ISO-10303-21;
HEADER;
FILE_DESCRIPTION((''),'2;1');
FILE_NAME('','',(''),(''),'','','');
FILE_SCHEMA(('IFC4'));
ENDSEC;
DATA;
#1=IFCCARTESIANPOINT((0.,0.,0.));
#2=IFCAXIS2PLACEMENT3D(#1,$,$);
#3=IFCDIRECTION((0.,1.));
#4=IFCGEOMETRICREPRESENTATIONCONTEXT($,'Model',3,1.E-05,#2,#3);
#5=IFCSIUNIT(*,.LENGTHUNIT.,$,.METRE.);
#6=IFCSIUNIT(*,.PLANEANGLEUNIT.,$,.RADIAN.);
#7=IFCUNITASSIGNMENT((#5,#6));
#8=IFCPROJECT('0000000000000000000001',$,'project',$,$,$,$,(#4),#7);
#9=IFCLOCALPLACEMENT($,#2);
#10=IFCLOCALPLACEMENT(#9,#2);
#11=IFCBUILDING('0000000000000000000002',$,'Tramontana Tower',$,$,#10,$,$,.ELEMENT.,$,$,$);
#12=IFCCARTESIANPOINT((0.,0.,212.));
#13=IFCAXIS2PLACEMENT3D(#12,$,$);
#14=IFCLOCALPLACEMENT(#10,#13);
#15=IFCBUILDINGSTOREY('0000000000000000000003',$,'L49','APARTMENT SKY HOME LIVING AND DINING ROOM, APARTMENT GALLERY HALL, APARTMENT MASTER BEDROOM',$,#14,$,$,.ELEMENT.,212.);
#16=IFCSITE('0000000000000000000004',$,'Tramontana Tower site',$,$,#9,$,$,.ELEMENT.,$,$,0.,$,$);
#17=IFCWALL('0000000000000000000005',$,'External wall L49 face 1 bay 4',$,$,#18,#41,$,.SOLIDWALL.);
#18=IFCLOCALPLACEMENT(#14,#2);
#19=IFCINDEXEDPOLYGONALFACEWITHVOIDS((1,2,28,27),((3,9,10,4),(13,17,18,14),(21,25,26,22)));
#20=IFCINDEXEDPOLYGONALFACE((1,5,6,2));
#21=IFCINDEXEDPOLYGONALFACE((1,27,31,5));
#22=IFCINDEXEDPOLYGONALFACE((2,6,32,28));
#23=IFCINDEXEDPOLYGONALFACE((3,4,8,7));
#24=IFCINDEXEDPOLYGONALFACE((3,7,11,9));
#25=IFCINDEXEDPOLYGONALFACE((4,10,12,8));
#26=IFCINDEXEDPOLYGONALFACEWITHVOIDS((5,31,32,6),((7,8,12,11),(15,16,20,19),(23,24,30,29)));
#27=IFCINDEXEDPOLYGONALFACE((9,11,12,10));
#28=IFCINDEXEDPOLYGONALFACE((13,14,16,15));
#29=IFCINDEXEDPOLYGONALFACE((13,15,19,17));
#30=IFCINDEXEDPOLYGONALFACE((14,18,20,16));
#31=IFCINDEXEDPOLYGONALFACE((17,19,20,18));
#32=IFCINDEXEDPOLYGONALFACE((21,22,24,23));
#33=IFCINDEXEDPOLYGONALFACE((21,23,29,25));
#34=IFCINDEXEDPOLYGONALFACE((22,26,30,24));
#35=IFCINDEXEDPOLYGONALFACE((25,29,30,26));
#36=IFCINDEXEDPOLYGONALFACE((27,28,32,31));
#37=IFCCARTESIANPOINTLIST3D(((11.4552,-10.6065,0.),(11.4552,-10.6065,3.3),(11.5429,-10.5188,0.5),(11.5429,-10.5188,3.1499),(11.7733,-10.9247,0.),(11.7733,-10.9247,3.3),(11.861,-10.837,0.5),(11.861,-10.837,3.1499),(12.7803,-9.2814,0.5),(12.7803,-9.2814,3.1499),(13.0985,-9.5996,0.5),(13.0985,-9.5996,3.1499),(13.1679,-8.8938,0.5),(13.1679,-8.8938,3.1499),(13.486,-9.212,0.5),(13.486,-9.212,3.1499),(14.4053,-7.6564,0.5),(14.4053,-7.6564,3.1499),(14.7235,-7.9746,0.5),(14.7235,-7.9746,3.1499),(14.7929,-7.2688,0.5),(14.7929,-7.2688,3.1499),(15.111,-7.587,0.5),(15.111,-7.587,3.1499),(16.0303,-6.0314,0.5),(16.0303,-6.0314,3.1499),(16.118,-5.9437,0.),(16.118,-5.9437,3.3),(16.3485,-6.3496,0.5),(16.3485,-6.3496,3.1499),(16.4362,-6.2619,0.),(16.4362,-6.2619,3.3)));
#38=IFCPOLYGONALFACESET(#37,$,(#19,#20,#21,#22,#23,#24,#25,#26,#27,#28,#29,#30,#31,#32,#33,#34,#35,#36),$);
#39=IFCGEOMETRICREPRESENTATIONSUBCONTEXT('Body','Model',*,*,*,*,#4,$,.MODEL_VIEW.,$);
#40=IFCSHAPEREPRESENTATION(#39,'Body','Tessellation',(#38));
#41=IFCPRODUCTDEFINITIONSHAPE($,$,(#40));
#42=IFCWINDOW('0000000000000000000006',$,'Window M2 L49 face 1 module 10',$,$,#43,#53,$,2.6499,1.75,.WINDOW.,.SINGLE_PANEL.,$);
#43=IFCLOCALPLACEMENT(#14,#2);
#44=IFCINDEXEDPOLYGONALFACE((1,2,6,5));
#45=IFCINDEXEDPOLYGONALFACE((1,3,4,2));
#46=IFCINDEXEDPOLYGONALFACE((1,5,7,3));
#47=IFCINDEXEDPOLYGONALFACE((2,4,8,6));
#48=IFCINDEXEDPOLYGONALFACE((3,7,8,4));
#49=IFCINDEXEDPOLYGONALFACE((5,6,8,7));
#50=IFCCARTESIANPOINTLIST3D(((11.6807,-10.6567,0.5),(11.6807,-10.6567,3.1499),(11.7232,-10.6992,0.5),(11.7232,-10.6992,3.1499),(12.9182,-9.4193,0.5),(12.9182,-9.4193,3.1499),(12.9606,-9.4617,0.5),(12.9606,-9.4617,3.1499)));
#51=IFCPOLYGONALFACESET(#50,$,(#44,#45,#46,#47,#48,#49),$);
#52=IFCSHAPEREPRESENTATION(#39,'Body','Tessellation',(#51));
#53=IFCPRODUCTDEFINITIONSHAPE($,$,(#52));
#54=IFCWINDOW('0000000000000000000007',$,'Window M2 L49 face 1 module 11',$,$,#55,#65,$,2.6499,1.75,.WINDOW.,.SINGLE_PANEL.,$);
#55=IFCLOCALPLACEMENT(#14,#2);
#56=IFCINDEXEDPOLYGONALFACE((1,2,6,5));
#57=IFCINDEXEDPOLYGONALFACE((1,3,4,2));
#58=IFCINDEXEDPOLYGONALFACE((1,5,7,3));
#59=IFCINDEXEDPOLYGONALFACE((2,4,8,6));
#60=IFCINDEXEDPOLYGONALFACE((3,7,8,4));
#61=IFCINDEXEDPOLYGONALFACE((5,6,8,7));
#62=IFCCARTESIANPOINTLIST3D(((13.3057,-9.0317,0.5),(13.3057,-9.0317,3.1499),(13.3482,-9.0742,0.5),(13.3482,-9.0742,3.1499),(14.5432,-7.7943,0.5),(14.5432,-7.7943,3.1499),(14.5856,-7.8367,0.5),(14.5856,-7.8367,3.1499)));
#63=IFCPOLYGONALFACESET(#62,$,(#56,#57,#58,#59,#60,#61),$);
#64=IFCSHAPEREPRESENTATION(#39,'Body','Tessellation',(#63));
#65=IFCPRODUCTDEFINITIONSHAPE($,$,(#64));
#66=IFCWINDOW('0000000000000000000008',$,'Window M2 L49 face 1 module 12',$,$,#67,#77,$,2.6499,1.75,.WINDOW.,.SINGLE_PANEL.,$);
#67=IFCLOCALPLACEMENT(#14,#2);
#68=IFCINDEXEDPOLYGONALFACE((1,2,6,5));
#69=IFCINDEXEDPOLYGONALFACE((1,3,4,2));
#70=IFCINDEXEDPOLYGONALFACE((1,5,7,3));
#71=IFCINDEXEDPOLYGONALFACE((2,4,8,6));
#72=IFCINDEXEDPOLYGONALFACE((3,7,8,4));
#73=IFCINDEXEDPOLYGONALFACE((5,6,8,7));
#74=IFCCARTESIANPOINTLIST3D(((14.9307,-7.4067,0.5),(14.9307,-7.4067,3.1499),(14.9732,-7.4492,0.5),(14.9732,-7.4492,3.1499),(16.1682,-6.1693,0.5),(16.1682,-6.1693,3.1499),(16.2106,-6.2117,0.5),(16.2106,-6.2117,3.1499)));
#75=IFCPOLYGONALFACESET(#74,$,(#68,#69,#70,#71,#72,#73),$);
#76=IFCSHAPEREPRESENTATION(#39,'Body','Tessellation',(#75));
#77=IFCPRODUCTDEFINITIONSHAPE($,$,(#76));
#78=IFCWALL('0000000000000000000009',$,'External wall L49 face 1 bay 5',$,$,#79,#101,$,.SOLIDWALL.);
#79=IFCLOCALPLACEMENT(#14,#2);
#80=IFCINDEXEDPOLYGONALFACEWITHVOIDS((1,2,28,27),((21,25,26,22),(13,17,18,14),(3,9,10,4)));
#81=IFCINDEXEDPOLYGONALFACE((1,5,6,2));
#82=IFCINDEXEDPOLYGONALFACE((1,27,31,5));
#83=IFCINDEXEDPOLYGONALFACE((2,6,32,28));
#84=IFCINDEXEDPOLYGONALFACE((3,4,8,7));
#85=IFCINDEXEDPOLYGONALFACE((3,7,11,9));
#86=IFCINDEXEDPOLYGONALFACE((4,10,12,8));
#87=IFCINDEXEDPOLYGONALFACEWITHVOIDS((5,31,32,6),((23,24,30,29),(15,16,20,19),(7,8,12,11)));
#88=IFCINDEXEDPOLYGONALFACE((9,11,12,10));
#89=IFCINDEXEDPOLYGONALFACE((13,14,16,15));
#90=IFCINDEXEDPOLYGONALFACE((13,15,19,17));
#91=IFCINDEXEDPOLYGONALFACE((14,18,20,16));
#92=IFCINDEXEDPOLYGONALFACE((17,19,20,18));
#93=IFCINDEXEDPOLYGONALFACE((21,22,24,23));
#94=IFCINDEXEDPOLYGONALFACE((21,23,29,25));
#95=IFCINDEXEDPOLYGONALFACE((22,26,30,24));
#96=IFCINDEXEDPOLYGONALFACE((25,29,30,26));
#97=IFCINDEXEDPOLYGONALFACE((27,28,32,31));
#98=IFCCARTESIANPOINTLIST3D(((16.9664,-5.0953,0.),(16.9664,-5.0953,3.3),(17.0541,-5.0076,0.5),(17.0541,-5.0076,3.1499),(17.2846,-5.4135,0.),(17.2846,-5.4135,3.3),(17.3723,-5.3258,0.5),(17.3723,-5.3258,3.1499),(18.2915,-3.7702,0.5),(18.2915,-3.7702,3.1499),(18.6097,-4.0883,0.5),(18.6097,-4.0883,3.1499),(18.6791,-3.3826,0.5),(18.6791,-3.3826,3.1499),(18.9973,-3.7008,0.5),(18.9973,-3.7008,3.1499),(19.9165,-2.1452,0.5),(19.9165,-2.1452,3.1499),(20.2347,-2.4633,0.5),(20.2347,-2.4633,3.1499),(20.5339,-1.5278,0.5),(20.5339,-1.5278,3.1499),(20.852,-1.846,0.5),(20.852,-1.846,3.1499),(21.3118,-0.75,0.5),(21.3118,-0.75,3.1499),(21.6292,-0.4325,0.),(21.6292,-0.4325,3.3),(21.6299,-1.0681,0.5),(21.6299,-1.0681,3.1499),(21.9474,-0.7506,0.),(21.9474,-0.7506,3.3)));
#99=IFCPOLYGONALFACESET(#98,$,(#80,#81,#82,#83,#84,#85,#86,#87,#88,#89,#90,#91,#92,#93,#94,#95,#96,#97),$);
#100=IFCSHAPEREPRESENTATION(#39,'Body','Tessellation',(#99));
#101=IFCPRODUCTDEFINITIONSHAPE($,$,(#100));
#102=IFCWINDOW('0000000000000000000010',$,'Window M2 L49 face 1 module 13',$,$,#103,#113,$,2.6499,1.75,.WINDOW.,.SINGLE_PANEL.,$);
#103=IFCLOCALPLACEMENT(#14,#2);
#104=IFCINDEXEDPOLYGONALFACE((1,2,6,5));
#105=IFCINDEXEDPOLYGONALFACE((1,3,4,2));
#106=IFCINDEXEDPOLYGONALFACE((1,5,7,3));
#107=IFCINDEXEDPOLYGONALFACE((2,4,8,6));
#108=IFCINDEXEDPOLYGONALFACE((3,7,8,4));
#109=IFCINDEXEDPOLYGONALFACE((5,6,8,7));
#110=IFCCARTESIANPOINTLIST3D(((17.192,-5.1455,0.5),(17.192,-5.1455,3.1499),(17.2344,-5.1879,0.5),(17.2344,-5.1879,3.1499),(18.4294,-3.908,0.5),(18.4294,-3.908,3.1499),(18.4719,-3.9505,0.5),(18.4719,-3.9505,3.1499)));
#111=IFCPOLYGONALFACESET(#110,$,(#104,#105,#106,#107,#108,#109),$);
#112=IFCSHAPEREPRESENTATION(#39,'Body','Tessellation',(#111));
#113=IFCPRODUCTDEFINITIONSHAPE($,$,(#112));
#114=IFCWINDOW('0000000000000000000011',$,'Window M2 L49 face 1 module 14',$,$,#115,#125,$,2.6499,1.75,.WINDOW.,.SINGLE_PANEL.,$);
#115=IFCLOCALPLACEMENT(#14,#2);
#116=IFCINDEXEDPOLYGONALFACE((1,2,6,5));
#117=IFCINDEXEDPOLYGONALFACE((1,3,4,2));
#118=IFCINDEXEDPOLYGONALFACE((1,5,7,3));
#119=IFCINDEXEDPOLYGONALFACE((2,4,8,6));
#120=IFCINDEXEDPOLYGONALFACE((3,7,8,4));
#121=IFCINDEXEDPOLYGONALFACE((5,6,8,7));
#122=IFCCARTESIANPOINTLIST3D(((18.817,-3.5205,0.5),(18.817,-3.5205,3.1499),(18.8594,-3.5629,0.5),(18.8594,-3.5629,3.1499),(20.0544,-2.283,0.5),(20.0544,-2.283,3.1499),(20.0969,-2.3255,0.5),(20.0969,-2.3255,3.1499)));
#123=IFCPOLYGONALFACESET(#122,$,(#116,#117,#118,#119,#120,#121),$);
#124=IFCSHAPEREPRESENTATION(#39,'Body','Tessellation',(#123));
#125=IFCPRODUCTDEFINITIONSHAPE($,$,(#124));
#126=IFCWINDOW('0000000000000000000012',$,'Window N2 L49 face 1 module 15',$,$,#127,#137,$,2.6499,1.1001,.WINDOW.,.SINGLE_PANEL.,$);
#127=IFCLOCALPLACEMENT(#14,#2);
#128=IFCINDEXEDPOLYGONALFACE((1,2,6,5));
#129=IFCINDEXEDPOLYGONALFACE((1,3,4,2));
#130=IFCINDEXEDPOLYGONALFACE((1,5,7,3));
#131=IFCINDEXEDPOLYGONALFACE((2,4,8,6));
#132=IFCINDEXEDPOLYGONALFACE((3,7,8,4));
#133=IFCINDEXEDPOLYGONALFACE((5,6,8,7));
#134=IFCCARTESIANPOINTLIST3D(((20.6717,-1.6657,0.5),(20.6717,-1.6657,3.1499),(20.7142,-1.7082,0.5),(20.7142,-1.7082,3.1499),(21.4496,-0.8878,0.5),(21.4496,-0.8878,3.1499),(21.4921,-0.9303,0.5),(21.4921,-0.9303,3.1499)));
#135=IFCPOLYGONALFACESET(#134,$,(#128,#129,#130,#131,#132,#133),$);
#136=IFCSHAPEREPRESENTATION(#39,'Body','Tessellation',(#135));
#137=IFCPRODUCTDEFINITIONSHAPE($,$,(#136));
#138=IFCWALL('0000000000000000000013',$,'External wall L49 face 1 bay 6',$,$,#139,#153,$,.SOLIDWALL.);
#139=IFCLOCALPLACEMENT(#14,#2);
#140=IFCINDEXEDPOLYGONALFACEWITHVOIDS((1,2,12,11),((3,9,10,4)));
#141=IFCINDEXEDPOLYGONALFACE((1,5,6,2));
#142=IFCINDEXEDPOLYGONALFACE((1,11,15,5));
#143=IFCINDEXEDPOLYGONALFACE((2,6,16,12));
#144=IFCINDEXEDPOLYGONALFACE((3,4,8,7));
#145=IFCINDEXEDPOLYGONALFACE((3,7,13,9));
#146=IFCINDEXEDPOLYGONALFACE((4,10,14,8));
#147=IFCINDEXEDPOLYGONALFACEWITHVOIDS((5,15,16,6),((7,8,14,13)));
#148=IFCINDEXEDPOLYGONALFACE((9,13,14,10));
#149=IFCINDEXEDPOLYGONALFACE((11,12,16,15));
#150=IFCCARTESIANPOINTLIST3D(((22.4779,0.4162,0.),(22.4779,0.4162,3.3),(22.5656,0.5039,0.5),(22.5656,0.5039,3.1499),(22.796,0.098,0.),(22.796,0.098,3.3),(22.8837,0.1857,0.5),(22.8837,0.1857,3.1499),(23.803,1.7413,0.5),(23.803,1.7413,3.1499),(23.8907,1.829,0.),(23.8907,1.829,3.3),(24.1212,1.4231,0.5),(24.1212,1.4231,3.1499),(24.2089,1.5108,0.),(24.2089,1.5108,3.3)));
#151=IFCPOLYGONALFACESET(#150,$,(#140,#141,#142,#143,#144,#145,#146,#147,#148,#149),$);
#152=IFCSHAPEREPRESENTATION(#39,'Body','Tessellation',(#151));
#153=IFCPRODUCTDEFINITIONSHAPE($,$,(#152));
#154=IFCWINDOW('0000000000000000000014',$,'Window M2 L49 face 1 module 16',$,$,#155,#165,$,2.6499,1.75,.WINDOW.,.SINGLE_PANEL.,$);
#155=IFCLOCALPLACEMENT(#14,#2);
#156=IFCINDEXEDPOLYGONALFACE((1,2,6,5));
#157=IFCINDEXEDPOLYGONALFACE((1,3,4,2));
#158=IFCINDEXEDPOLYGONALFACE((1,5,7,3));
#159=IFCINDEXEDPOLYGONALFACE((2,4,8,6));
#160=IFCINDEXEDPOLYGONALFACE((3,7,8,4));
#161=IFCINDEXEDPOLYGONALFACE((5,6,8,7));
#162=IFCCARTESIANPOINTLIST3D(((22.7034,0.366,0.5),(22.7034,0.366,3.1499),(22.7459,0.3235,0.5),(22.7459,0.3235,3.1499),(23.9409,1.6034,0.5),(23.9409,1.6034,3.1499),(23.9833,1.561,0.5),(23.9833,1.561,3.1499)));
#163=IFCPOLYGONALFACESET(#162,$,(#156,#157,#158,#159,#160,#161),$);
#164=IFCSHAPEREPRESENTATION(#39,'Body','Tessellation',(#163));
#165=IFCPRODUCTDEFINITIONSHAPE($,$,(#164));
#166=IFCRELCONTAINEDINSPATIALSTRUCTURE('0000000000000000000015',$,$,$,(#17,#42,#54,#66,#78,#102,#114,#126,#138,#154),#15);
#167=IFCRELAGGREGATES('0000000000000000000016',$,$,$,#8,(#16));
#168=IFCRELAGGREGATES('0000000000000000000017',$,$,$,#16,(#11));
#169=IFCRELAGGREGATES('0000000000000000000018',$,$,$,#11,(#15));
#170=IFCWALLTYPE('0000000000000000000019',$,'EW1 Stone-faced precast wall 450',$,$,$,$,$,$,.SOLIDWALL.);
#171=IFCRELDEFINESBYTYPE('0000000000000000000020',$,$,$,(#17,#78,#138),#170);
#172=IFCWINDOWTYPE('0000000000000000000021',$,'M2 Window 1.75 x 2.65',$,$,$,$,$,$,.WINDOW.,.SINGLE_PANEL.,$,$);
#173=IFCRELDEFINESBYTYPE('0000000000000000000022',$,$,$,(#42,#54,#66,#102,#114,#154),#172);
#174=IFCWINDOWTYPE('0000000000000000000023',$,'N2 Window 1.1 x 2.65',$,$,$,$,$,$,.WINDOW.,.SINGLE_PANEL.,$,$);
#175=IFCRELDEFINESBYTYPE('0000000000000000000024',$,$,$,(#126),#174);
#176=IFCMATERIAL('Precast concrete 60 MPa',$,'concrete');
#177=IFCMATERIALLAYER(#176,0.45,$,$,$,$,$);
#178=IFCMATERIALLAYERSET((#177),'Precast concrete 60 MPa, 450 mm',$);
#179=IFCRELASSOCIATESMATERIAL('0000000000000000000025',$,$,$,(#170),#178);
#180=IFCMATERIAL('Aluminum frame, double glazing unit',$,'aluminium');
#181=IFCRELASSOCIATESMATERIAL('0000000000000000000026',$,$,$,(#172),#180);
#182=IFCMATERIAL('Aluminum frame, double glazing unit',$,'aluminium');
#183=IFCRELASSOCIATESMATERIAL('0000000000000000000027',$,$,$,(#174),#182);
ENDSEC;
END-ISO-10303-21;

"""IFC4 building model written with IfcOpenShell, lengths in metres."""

from ifc_helpers import new_model, si_unit, direction, frame, frame_2d, origin, place, context, subcontext, project, spatial, rectangle, extrude, material, layer, layer_set, type_object, element, fill, save


model = new_model("IFC4")

# Units and contexts
model_context = context("Model", 3, precision=1e-05, world=origin(), true_north=direction((0.0, 1.0)))
body_context = subcontext(model_context, "Body", "Model", "MODEL_VIEW")
ifc_project = project(units=[si_unit("LENGTHUNIT", "METRE"), si_unit("PLANEANGLEUNIT", "RADIAN")], contexts=[model_context])

# Site, building, storey
site_placement = place(None, origin())
site = spatial("IfcSite", under=ifc_project, at=site_placement, Name="Tramontana Tower site", CompositionType="ELEMENT", RefElevation=0.0)
building_placement = place(site_placement, origin())
building = spatial("IfcBuilding", under=site, at=building_placement, Name="Tramontana Tower", CompositionType="ELEMENT")
storey_placement = place(building_placement, frame((0.0, 0.0, 212.0)))
storey = spatial("IfcBuildingStorey", under=building, at=storey_placement, Name="L49", Description="APARTMENT SKY HOME LIVING AND DINING ROOM, APARTMENT GALLERY HALL, APARTMENT MASTER BEDROOM", CompositionType="ELEMENT", Elevation=212.0)

# Walls, openings, windows
ifc_material_1 = material(Name="Precast concrete 60 MPa", Category="concrete")
ifc_layer_1 = layer(ifc_material_1, 0.45)
ifc_layer_set_1 = layer_set([ifc_layer_1], Name="Precast concrete 60 MPa, 450 mm")
wall_type_1 = type_object("IfcWallType", Name="EW1 Stone-faced precast wall 450", PredefinedType="SOLIDWALL", material=ifc_layer_set_1)
wall_1_placement = place(storey_placement, frame((11.6143, -10.7656, 0.0), z_axis=(0.0, 0.0, 1.0), x_axis=(0.707107, 0.707107, 0.0)))
wall_1 = element("IfcWall", 1, at=wall_1_placement, inside=storey, type_object=wall_type_1, Name="External wall L49 face 1 bay 4", PredefinedType="SOLIDWALL", context=body_context, shape_type="SweptSolid", body=[
    extrude(rectangle(XDim=6.5942, YDim=0.45, at=frame_2d((3.2971, 0.0))), origin(), (0.0, 0.0, 1.0), 3.3),
])
opening_1_placement = place(wall_1_placement, frame((0.124, 0.0, 0.5)))
opening_1 = element("IfcOpeningElement", 2, at=opening_1_placement, cuts=wall_1, PredefinedType="OPENING", context=body_context, shape_type="SweptSolid", body=[
    extrude(rectangle(XDim=1.75, YDim=2.6499, at=frame_2d((0.875, 1.325))), frame((0.0, 0.2349, 0.0), z_axis=(0.0, -1.0, 0.0), x_axis=(1.0, 0.0, 0.0)), (0.0, 0.0, 1.0), 0.47),
])
opening_2_placement = place(wall_1_placement, frame((2.4221, 0.0, 0.5)))
opening_2 = element("IfcOpeningElement", 3, at=opening_2_placement, cuts=wall_1, PredefinedType="OPENING", context=body_context, shape_type="SweptSolid", body=[
    extrude(rectangle(XDim=1.75, YDim=2.6499, at=frame_2d((0.875, 1.325))), frame((0.0, 0.2349, 0.0), z_axis=(0.0, -1.0, 0.0), x_axis=(1.0, 0.0, 0.0)), (0.0, 0.0, 1.0), 0.47),
])
opening_3_placement = place(wall_1_placement, frame((4.7202, 0.0, 0.5)))
opening_3 = element("IfcOpeningElement", 4, at=opening_3_placement, cuts=wall_1, PredefinedType="OPENING", context=body_context, shape_type="SweptSolid", body=[
    extrude(rectangle(XDim=1.75, YDim=2.6499, at=frame_2d((0.875, 1.325))), frame((0.0, 0.2349, 0.0), z_axis=(0.0, -1.0, 0.0), x_axis=(1.0, 0.0, 0.0)), (0.0, 0.0, 1.0), 0.47),
])
ifc_material_2 = material(Name="Aluminum frame, double glazing unit", Category="aluminium")
window_type_1 = type_object("IfcWindowType", Name="M2 Window 1.75 x 2.65", PartitioningType="SINGLE_PANEL", PredefinedType="WINDOW", material=ifc_material_2)
window_1_placement = place(opening_1_placement, origin())
window_1 = element("IfcWindow", 5, at=window_1_placement, inside=storey, type_object=window_type_1, Name="Window M2 L49 face 1 module 10", OverallHeight=2.6499, OverallWidth=1.75, PartitioningType="SINGLE_PANEL", PredefinedType="WINDOW", context=body_context, shape_type="SweptSolid", body=[
    extrude(rectangle(XDim=1.75, YDim=2.6499, at=frame_2d((0.875, 1.325))), frame((0.0, 0.03, 0.0), z_axis=(0.0, -1.0, 0.0), x_axis=(1.0, 0.0, 0.0)), (0.0, 0.0, 1.0), 0.0601),
])
fill(opening_1, window_1)
window_2_placement = place(opening_2_placement, origin())
window_2 = element("IfcWindow", 6, at=window_2_placement, inside=storey, type_object=window_type_1, Name="Window M2 L49 face 1 module 11", OverallHeight=2.6499, OverallWidth=1.75, PartitioningType="SINGLE_PANEL", PredefinedType="WINDOW", context=body_context, shape_type="SweptSolid", body=[
    extrude(rectangle(XDim=1.75, YDim=2.6499, at=frame_2d((0.875, 1.325))), frame((0.0, 0.03, 0.0), z_axis=(0.0, -1.0, 0.0), x_axis=(1.0, 0.0, 0.0)), (0.0, 0.0, 1.0), 0.0601),
])
fill(opening_2, window_2)
window_3_placement = place(opening_3_placement, origin())
window_3 = element("IfcWindow", 7, at=window_3_placement, inside=storey, type_object=window_type_1, Name="Window M2 L49 face 1 module 12", OverallHeight=2.6499, OverallWidth=1.75, PartitioningType="SINGLE_PANEL", PredefinedType="WINDOW", context=body_context, shape_type="SweptSolid", body=[
    extrude(rectangle(XDim=1.75, YDim=2.6499, at=frame_2d((0.875, 1.325))), frame((0.0, 0.03, 0.0), z_axis=(0.0, -1.0, 0.0), x_axis=(1.0, 0.0, 0.0)), (0.0, 0.0, 1.0), 0.0601),
])
fill(opening_3, window_3)
wall_2_placement = place(storey_placement, frame((17.1255, -5.2544, 0.0), z_axis=(0.0, 0.0, 1.0), x_axis=(0.707107, 0.707107, 0.0)))
wall_2 = element("IfcWall", 8, at=wall_2_placement, inside=storey, type_object=wall_type_1, Name="External wall L49 face 1 bay 5", PredefinedType="SOLIDWALL", context=body_context, shape_type="SweptSolid", body=[
    extrude(rectangle(XDim=6.5942, YDim=0.45, at=frame_2d((3.2971, 0.0))), origin(), (0.0, 0.0, 1.0), 3.3),
])
opening_4_placement = place(wall_2_placement, frame((0.124, 0.0, 0.5)))
opening_4 = element("IfcOpeningElement", 9, at=opening_4_placement, cuts=wall_2, PredefinedType="OPENING", context=body_context, shape_type="SweptSolid", body=[
    extrude(rectangle(XDim=1.75, YDim=2.6499, at=frame_2d((0.875, 1.325))), frame((0.0, 0.2349, 0.0), z_axis=(0.0, -1.0, 0.0), x_axis=(1.0, 0.0, 0.0)), (0.0, 0.0, 1.0), 0.47),
])
opening_5_placement = place(wall_2_placement, frame((2.4221, 0.0, 0.5)))
opening_5 = element("IfcOpeningElement", 10, at=opening_5_placement, cuts=wall_2, PredefinedType="OPENING", context=body_context, shape_type="SweptSolid", body=[
    extrude(rectangle(XDim=1.75, YDim=2.6499, at=frame_2d((0.875, 1.325))), frame((0.0, 0.2349, 0.0), z_axis=(0.0, -1.0, 0.0), x_axis=(1.0, 0.0, 0.0)), (0.0, 0.0, 1.0), 0.47),
])
opening_6_placement = place(wall_2_placement, frame((5.0452, 0.0, 0.5)))
opening_6 = element("IfcOpeningElement", 11, at=opening_6_placement, cuts=wall_2, PredefinedType="OPENING", context=body_context, shape_type="SweptSolid", body=[
    extrude(rectangle(XDim=1.1001, YDim=2.6499, at=frame_2d((0.55, 1.325))), frame((0.0, 0.2349, 0.0), z_axis=(0.0, -1.0, 0.0), x_axis=(1.0, 0.0, 0.0)), (0.0, 0.0, 1.0), 0.47),
])
window_4_placement = place(opening_4_placement, origin())
window_4 = element("IfcWindow", 12, at=window_4_placement, inside=storey, type_object=window_type_1, Name="Window M2 L49 face 1 module 13", OverallHeight=2.6499, OverallWidth=1.75, PartitioningType="SINGLE_PANEL", PredefinedType="WINDOW", context=body_context, shape_type="SweptSolid", body=[
    extrude(rectangle(XDim=1.75, YDim=2.6499, at=frame_2d((0.875, 1.325))), frame((0.0, 0.03, 0.0), z_axis=(0.0, -1.0, 0.0), x_axis=(1.0, 0.0, 0.0)), (0.0, 0.0, 1.0), 0.0601),
])
fill(opening_4, window_4)
window_5_placement = place(opening_5_placement, origin())
window_5 = element("IfcWindow", 13, at=window_5_placement, inside=storey, type_object=window_type_1, Name="Window M2 L49 face 1 module 14", OverallHeight=2.6499, OverallWidth=1.75, PartitioningType="SINGLE_PANEL", PredefinedType="WINDOW", context=body_context, shape_type="SweptSolid", body=[
    extrude(rectangle(XDim=1.75, YDim=2.6499, at=frame_2d((0.875, 1.325))), frame((0.0, 0.03, 0.0), z_axis=(0.0, -1.0, 0.0), x_axis=(1.0, 0.0, 0.0)), (0.0, 0.0, 1.0), 0.0601),
])
fill(opening_5, window_5)
ifc_material_3 = material(Name="Aluminum frame, double glazing unit", Category="aluminium")
window_type_2 = type_object("IfcWindowType", Name="N2 Window 1.1 x 2.65", PartitioningType="SINGLE_PANEL", PredefinedType="WINDOW", material=ifc_material_3)
window_6_placement = place(opening_6_placement, origin())
window_6 = element("IfcWindow", 14, at=window_6_placement, inside=storey, type_object=window_type_2, Name="Window N2 L49 face 1 module 15", OverallHeight=2.6499, OverallWidth=1.1001, PartitioningType="SINGLE_PANEL", PredefinedType="WINDOW", context=body_context, shape_type="SweptSolid", body=[
    extrude(rectangle(XDim=1.1001, YDim=2.6499, at=frame_2d((0.55, 1.325))), frame((0.0, 0.03, 0.0), z_axis=(0.0, -1.0, 0.0), x_axis=(1.0, 0.0, 0.0)), (0.0, 0.0, 1.0), 0.0601),
])
fill(opening_6, window_6)

# Wall, opening, window
wall_3_placement = place(storey_placement, frame((22.637, 0.2571, 0.0), z_axis=(0.0, 0.0, 1.0), x_axis=(0.707107, 0.707107, 0.0)))
wall_3 = element("IfcWall", 15, at=wall_3_placement, inside=storey, type_object=wall_type_1, Name="External wall L49 face 1 bay 6", PredefinedType="SOLIDWALL", context=body_context, shape_type="SweptSolid", body=[
    extrude(rectangle(XDim=1.998, YDim=0.45, at=frame_2d((0.999, 0.0))), origin(), (0.0, 0.0, 1.0), 3.3),
])
opening_7_placement = place(wall_3_placement, frame((0.124, 0.0, 0.5)))
opening_7 = element("IfcOpeningElement", 16, at=opening_7_placement, cuts=wall_3, PredefinedType="OPENING", context=body_context, shape_type="SweptSolid", body=[
    extrude(rectangle(XDim=1.75, YDim=2.6499, at=frame_2d((0.875, 1.325))), frame((0.0, 0.2349, 0.0), z_axis=(0.0, -1.0, 0.0), x_axis=(1.0, 0.0, 0.0)), (0.0, 0.0, 1.0), 0.47),
])
window_7_placement = place(opening_7_placement, origin())
window_7 = element("IfcWindow", 17, at=window_7_placement, inside=storey, type_object=window_type_1, Name="Window M2 L49 face 1 module 16", OverallHeight=2.6499, OverallWidth=1.75, PartitioningType="SINGLE_PANEL", PredefinedType="WINDOW", context=body_context, shape_type="SweptSolid", body=[
    extrude(rectangle(XDim=1.75, YDim=2.6499, at=frame_2d((0.875, 1.325))), frame((0.0, 0.03, 0.0), z_axis=(0.0, -1.0, 0.0), x_axis=(1.0, 0.0, 0.0)), (0.0, 0.0, 1.0), 0.0601),
])
fill(opening_7, window_7)

save(model, "model.ifc")
